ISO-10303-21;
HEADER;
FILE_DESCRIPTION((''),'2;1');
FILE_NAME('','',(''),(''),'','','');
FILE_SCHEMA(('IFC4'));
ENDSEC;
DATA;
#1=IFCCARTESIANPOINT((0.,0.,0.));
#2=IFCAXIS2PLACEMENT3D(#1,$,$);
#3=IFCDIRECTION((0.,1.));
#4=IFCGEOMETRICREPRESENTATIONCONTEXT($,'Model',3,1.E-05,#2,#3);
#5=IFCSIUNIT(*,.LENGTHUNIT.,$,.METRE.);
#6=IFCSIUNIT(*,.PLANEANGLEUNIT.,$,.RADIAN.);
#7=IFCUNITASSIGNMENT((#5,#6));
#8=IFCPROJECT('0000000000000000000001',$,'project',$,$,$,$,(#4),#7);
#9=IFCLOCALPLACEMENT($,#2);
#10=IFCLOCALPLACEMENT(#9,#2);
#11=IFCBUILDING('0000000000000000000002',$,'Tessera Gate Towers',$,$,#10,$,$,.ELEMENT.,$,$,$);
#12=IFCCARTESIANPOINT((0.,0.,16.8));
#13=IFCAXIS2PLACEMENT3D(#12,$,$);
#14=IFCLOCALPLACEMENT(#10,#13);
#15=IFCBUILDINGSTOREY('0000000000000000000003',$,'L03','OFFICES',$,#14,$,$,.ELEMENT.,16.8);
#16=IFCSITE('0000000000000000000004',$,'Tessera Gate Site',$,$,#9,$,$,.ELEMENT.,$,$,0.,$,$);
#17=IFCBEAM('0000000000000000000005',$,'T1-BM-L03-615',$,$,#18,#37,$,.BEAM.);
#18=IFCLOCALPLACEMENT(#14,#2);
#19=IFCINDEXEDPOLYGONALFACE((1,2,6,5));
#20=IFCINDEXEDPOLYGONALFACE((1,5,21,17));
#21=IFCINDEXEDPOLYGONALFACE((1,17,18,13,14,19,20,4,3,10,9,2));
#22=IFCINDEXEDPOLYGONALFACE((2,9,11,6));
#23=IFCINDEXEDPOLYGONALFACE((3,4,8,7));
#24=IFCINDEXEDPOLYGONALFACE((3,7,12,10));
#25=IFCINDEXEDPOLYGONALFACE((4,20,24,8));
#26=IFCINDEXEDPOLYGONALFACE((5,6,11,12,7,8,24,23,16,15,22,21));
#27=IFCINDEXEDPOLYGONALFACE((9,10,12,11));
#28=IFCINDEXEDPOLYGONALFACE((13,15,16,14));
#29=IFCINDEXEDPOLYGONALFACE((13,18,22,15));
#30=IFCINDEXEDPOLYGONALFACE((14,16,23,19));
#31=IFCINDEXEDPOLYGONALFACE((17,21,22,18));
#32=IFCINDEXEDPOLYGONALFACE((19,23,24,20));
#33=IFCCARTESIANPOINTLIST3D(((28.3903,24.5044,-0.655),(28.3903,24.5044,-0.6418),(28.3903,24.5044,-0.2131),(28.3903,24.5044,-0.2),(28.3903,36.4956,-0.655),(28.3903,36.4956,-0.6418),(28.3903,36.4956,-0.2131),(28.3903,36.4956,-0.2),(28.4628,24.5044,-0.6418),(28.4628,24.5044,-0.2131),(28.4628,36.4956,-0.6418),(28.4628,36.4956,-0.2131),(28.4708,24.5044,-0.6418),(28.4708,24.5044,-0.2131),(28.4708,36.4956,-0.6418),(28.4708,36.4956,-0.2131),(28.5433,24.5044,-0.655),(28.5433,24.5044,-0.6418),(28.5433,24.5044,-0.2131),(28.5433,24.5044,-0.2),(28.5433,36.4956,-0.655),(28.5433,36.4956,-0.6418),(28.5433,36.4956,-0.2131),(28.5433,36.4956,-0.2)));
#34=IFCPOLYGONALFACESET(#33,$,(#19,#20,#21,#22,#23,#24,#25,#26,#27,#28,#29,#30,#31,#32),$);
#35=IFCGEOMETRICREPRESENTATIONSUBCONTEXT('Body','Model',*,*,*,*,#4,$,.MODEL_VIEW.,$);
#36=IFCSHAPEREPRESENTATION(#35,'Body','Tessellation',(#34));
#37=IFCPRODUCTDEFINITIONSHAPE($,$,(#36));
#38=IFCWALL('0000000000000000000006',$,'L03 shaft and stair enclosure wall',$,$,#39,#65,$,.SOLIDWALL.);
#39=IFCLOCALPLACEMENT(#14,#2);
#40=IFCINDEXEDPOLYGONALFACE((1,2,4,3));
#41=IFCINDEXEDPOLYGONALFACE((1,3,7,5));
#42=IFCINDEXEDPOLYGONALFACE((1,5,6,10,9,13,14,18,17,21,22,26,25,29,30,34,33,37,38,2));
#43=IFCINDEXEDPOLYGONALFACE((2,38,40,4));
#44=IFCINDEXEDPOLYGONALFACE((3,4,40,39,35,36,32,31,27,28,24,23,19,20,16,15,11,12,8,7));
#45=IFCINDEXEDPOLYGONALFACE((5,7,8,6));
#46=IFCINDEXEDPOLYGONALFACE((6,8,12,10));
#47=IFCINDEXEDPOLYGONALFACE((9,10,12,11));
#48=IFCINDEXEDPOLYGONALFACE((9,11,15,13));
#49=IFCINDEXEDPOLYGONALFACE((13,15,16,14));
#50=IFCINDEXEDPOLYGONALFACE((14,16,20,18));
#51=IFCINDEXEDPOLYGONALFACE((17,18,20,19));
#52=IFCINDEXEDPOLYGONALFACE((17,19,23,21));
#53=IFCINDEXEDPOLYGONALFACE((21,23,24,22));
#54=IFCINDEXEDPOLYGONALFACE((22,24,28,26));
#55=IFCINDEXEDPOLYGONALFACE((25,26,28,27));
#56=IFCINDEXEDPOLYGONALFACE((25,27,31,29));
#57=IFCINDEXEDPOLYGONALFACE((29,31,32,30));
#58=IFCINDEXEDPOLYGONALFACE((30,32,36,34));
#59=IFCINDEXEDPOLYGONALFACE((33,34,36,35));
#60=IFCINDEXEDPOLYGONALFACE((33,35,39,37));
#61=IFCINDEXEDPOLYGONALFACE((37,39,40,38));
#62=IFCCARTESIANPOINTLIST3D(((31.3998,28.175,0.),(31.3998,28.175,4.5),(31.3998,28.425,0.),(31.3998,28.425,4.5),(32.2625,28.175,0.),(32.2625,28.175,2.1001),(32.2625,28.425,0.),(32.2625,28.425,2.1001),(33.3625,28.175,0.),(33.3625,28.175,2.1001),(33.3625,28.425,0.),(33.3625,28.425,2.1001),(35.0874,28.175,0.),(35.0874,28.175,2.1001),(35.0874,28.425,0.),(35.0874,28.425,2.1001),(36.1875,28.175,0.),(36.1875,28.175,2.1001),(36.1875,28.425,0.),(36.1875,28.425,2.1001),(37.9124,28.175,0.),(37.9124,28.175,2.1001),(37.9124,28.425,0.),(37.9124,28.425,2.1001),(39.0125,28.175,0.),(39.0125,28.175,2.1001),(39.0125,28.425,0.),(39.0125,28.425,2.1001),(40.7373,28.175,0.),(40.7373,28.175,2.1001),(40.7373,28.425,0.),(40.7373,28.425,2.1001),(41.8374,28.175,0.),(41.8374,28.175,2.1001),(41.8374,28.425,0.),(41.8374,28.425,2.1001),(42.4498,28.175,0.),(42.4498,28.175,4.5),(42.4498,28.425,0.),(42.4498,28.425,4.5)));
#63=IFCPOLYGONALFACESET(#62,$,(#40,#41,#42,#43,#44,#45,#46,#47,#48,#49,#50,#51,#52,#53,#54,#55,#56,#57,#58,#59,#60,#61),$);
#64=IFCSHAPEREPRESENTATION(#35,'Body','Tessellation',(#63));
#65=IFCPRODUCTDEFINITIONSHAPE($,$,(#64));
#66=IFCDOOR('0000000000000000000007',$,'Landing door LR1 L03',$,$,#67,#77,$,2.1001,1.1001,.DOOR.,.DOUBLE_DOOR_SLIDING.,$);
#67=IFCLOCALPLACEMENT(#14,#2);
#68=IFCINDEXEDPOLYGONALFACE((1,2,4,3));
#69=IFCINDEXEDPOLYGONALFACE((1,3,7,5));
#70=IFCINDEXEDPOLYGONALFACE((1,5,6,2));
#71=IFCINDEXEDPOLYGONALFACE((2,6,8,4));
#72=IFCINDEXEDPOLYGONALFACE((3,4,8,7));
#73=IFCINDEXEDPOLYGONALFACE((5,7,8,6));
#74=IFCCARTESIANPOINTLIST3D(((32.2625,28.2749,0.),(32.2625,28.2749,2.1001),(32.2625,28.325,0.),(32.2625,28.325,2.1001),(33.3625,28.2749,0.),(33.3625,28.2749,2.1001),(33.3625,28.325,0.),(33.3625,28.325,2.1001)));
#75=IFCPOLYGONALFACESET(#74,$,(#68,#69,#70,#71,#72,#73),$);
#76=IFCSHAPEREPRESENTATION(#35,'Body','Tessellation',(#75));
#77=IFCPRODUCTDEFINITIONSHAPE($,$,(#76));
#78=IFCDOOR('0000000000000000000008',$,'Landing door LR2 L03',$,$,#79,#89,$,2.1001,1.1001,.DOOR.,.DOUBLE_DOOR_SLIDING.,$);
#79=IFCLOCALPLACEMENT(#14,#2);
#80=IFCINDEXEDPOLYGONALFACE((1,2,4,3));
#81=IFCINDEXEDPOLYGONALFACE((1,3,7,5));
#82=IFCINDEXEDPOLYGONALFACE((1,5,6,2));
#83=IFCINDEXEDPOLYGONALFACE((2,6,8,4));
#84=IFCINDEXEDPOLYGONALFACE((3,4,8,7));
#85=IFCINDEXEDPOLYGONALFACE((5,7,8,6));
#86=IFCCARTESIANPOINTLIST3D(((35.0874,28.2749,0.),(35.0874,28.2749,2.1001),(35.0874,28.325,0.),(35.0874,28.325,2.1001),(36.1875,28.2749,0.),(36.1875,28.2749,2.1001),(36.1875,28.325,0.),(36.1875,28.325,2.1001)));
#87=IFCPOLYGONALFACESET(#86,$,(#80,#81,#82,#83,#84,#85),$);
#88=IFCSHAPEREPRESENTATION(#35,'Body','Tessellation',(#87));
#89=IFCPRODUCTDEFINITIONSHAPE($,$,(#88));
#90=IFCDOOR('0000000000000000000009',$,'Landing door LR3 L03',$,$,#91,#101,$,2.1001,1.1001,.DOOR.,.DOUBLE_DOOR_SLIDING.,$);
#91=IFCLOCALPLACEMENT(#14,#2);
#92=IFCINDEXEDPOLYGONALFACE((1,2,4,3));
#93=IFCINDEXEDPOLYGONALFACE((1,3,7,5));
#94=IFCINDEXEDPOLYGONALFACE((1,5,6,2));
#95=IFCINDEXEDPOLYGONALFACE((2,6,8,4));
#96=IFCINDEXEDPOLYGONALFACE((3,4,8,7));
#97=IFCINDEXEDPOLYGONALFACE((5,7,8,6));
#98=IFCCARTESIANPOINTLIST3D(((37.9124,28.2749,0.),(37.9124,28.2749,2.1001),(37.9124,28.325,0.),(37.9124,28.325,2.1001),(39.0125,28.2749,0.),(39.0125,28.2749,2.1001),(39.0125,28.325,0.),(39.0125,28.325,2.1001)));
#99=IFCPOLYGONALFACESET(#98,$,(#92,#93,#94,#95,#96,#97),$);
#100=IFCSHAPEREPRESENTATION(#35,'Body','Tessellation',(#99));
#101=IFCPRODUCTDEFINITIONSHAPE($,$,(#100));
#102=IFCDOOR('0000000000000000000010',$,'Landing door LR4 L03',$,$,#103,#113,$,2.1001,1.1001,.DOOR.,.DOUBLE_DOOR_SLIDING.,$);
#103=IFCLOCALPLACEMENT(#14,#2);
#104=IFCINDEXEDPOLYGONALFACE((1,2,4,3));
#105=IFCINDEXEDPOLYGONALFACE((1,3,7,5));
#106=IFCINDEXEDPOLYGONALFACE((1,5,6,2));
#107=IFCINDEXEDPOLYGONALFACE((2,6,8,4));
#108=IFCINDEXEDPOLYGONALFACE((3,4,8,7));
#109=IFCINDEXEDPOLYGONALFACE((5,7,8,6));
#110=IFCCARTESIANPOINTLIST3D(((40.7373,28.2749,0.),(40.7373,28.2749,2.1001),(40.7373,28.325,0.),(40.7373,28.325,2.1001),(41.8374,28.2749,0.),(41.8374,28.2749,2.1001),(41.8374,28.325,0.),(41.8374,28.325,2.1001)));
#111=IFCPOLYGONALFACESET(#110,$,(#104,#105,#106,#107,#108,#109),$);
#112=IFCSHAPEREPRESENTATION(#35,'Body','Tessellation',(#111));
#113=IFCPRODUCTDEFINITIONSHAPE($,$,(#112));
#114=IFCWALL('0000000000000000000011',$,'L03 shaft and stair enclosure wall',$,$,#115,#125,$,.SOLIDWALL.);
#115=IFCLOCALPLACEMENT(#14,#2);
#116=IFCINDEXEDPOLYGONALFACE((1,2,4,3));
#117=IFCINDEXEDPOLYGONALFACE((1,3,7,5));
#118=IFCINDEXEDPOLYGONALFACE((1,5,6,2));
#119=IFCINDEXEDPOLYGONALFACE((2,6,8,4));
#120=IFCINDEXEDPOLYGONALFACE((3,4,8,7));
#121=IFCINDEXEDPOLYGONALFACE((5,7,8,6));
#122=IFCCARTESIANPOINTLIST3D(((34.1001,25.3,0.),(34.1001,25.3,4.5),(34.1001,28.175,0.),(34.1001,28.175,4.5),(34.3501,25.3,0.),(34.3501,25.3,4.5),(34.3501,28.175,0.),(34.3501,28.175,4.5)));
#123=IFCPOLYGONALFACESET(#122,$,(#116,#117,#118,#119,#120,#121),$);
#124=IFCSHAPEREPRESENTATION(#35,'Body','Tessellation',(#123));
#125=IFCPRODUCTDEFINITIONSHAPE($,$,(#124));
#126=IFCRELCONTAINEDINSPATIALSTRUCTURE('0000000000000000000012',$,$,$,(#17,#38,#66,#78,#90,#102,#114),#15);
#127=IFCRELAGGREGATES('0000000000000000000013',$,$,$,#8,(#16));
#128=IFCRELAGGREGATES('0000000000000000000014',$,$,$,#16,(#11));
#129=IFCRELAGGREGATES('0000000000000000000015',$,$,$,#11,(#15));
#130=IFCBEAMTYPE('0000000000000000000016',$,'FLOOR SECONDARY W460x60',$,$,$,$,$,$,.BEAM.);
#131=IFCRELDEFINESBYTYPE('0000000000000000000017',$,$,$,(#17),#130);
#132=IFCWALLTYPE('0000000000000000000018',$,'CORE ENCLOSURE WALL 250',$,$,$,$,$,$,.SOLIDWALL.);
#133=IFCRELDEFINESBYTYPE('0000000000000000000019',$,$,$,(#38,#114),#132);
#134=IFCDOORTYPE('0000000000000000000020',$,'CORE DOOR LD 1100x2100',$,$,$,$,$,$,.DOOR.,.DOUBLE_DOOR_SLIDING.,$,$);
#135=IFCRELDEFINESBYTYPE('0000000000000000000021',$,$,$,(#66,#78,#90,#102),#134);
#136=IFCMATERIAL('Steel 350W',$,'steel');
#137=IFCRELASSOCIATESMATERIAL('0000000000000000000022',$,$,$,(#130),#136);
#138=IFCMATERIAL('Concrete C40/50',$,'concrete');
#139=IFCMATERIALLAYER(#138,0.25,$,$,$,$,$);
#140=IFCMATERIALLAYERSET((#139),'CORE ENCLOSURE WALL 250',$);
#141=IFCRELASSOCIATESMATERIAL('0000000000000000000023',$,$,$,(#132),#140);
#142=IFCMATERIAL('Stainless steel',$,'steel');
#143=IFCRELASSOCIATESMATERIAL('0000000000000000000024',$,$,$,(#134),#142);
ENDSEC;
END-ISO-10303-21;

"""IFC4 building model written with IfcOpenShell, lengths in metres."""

from ifc_helpers import new_model, si_unit, direction, frame, frame_2d, origin, origin_2d, place, context, subcontext, project, spatial, rectangle, i_section, extrude, source, transform, mapped, material, layer, layer_set, material_profile, profile_set, type_object, element, fill, save


model = new_model("IFC4")

# Units and contexts
model_context = context("Model", 3, precision=1e-05, world=origin(), true_north=direction((0.0, 1.0)))
body_context = subcontext(model_context, "Body", "Model", "MODEL_VIEW")
ifc_project = project(units=[si_unit("LENGTHUNIT", "METRE"), si_unit("PLANEANGLEUNIT", "RADIAN")], contexts=[model_context])

# Site, building, storey
site_placement = place(None, origin())
site = spatial("IfcSite", under=ifc_project, at=site_placement, Name="Tessera Gate Site", CompositionType="ELEMENT", RefElevation=0.0)
building_placement = place(site_placement, origin())
building = spatial("IfcBuilding", under=site, at=building_placement, Name="Tessera Gate Towers", CompositionType="ELEMENT")
storey_placement = place(building_placement, frame((0.0, 0.0, 16.8)))
storey = spatial("IfcBuildingStorey", under=building, at=storey_placement, Name="L03", Description="OFFICES", CompositionType="ELEMENT", Elevation=16.8)

# Beam
ifc_material_1 = material(Name="Steel 350W", Category="steel")
ifc_material_profile = material_profile(ifc_material_1, i_section(OverallWidth=0.1531, OverallDepth=0.4551, WebThickness=0.0081, FlangeThickness=0.0132, at=origin_2d()), Name="W460x60")
ifc_profile_set = profile_set([ifc_material_profile], Name="Steel 350W")
beam_type = type_object("IfcBeamType", Name="FLOOR SECONDARY W460x60", PredefinedType="BEAM", material=ifc_profile_set)
beam_placement = place(storey_placement, frame((28.4668, 24.5044, -0.4275), z_axis=(0.0, 1.0, 0.0), x_axis=(-1.0, 0.0, 0.0)))
element("IfcBeam", 1, at=beam_placement, inside=storey, type_object=beam_type, Name="T1-BM-L03-615", PredefinedType="BEAM", context=body_context, shape_type="SweptSolid", body=[
    extrude(i_section(OverallWidth=0.1531, OverallDepth=0.4551, WebThickness=0.0081, FlangeThickness=0.0132, at=origin_2d()), origin(), (0.0, 0.0, 1.0), 11.9912),
])

# Wall, openings, doors
ifc_material_2 = material(Name="Concrete C40/50", Category="concrete")
ifc_layer_1 = layer(ifc_material_2, 0.25)
ifc_layer_set_1 = layer_set([ifc_layer_1], Name="CORE ENCLOSURE WALL 250")
wall_type_1 = type_object("IfcWallType", Name="CORE ENCLOSURE WALL 250", PredefinedType="SOLIDWALL", material=ifc_layer_set_1)
wall_1_placement = place(storey_placement, frame((31.3999, 28.3, 0.0), z_axis=(0.0, 0.0, 1.0), x_axis=(1.0, 0.0, 0.0)))
wall_1 = element("IfcWall", 2, at=wall_1_placement, inside=storey, type_object=wall_type_1, Name="L03 shaft and stair enclosure wall", PredefinedType="SOLIDWALL", context=body_context, shape_type="SweptSolid", body=[
    extrude(rectangle(XDim=11.05, YDim=0.25, at=frame_2d((5.5249, 0.0))), origin(), (0.0, 0.0, 1.0), 4.5),
])
shared_shape_1 = source(origin(), body_context, "Body", "SweptSolid", [
    extrude(rectangle(XDim=1.1001, YDim=2.1001, at=frame_2d((0.55, 1.05))), frame((0.0, 0.135, 0.0), z_axis=(0.0, -1.0, 0.0), x_axis=(1.0, 0.0, 0.0)), (0.0, 0.0, 1.0), 0.27),
])
opening_1_placement = place(wall_1_placement, frame((0.8625, 0.0, 0.0)))
opening_1 = element("IfcOpeningElement", 3, at=opening_1_placement, cuts=wall_1, PredefinedType="OPENING", context=body_context, shape_type="MappedRepresentation", body=[
    mapped(shared_shape_1, transform((0.0, 0.0, 0.0), scale=1.0)),
])
opening_2_placement = place(wall_1_placement, frame((3.6875, 0.0, 0.0)))
opening_2 = element("IfcOpeningElement", 4, at=opening_2_placement, cuts=wall_1, PredefinedType="OPENING", context=body_context, shape_type="MappedRepresentation", body=[
    mapped(shared_shape_1, transform((0.0, 0.0, 0.0), scale=1.0)),
])
opening_3_placement = place(wall_1_placement, frame((6.5125, 0.0, 0.0)))
opening_3 = element("IfcOpeningElement", 5, at=opening_3_placement, cuts=wall_1, PredefinedType="OPENING", context=body_context, shape_type="MappedRepresentation", body=[
    mapped(shared_shape_1, transform((0.0, 0.0, 0.0), scale=1.0)),
])
opening_4_placement = place(wall_1_placement, frame((9.3374, 0.0, 0.0)))
opening_4 = element("IfcOpeningElement", 6, at=opening_4_placement, cuts=wall_1, PredefinedType="OPENING", context=body_context, shape_type="MappedRepresentation", body=[
    mapped(shared_shape_1, transform((0.0, 0.0, 0.0), scale=1.0)),
])
ifc_material_3 = material(Name="Stainless steel", Category="steel")
door_type_1 = type_object("IfcDoorType", Name="CORE DOOR LD 1100x2100", OperationType="DOUBLE_DOOR_SLIDING", PredefinedType="DOOR", material=ifc_material_3)
shared_shape_2 = source(origin(), body_context, "Body", "SweptSolid", [
    extrude(rectangle(XDim=1.1001, YDim=2.1001, at=frame_2d((0.55, 1.05))), frame((0.0, 0.0249, 0.0), z_axis=(0.0, -1.0, 0.0), x_axis=(1.0, 0.0, 0.0)), (0.0, 0.0, 1.0), 0.05),
])
door_1_placement = place(opening_1_placement, origin())
door_1 = element("IfcDoor", 7, at=door_1_placement, inside=storey, type_object=door_type_1, Name="Landing door LR1 L03", OperationType="DOUBLE_DOOR_SLIDING", OverallHeight=2.1001, OverallWidth=1.1001, PredefinedType="DOOR", context=body_context, shape_type="MappedRepresentation", body=[
    mapped(shared_shape_2, transform((0.0, 0.0, 0.0), scale=1.0)),
])
fill(opening_1, door_1)
door_2_placement = place(opening_2_placement, origin())
door_2 = element("IfcDoor", 8, at=door_2_placement, inside=storey, type_object=door_type_1, Name="Landing door LR2 L03", OperationType="DOUBLE_DOOR_SLIDING", OverallHeight=2.1001, OverallWidth=1.1001, PredefinedType="DOOR", context=body_context, shape_type="MappedRepresentation", body=[
    mapped(shared_shape_2, transform((0.0, 0.0, 0.0), scale=1.0)),
])
fill(opening_2, door_2)
door_3_placement = place(opening_3_placement, origin())
door_3 = element("IfcDoor", 9, at=door_3_placement, inside=storey, type_object=door_type_1, Name="Landing door LR3 L03", OperationType="DOUBLE_DOOR_SLIDING", OverallHeight=2.1001, OverallWidth=1.1001, PredefinedType="DOOR", context=body_context, shape_type="MappedRepresentation", body=[
    mapped(shared_shape_2, transform((0.0, 0.0, 0.0), scale=1.0)),
])
fill(opening_3, door_3)
door_4_placement = place(opening_4_placement, origin())
door_4 = element("IfcDoor", 10, at=door_4_placement, inside=storey, type_object=door_type_1, Name="Landing door LR4 L03", OperationType="DOUBLE_DOOR_SLIDING", OverallHeight=2.1001, OverallWidth=1.1001, PredefinedType="DOOR", context=body_context, shape_type="MappedRepresentation", body=[
    mapped(shared_shape_2, transform((0.0, 0.0, 0.0), scale=1.0)),
])
fill(opening_4, door_4)

# Wall
wall_2_placement = place(storey_placement, frame((34.2251, 25.3, 0.0), z_axis=(0.0, 0.0, 1.0), x_axis=(0.0, 1.0, 0.0)))
element("IfcWall", 11, at=wall_2_placement, inside=storey, type_object=wall_type_1, Name="L03 shaft and stair enclosure wall", PredefinedType="SOLIDWALL", context=body_context, shape_type="SweptSolid", body=[
    extrude(rectangle(XDim=2.875, YDim=0.25, at=frame_2d((1.4375, 0.0))), origin(), (0.0, 0.0, 1.0), 4.5),
])

save(model, "model.ifc")
